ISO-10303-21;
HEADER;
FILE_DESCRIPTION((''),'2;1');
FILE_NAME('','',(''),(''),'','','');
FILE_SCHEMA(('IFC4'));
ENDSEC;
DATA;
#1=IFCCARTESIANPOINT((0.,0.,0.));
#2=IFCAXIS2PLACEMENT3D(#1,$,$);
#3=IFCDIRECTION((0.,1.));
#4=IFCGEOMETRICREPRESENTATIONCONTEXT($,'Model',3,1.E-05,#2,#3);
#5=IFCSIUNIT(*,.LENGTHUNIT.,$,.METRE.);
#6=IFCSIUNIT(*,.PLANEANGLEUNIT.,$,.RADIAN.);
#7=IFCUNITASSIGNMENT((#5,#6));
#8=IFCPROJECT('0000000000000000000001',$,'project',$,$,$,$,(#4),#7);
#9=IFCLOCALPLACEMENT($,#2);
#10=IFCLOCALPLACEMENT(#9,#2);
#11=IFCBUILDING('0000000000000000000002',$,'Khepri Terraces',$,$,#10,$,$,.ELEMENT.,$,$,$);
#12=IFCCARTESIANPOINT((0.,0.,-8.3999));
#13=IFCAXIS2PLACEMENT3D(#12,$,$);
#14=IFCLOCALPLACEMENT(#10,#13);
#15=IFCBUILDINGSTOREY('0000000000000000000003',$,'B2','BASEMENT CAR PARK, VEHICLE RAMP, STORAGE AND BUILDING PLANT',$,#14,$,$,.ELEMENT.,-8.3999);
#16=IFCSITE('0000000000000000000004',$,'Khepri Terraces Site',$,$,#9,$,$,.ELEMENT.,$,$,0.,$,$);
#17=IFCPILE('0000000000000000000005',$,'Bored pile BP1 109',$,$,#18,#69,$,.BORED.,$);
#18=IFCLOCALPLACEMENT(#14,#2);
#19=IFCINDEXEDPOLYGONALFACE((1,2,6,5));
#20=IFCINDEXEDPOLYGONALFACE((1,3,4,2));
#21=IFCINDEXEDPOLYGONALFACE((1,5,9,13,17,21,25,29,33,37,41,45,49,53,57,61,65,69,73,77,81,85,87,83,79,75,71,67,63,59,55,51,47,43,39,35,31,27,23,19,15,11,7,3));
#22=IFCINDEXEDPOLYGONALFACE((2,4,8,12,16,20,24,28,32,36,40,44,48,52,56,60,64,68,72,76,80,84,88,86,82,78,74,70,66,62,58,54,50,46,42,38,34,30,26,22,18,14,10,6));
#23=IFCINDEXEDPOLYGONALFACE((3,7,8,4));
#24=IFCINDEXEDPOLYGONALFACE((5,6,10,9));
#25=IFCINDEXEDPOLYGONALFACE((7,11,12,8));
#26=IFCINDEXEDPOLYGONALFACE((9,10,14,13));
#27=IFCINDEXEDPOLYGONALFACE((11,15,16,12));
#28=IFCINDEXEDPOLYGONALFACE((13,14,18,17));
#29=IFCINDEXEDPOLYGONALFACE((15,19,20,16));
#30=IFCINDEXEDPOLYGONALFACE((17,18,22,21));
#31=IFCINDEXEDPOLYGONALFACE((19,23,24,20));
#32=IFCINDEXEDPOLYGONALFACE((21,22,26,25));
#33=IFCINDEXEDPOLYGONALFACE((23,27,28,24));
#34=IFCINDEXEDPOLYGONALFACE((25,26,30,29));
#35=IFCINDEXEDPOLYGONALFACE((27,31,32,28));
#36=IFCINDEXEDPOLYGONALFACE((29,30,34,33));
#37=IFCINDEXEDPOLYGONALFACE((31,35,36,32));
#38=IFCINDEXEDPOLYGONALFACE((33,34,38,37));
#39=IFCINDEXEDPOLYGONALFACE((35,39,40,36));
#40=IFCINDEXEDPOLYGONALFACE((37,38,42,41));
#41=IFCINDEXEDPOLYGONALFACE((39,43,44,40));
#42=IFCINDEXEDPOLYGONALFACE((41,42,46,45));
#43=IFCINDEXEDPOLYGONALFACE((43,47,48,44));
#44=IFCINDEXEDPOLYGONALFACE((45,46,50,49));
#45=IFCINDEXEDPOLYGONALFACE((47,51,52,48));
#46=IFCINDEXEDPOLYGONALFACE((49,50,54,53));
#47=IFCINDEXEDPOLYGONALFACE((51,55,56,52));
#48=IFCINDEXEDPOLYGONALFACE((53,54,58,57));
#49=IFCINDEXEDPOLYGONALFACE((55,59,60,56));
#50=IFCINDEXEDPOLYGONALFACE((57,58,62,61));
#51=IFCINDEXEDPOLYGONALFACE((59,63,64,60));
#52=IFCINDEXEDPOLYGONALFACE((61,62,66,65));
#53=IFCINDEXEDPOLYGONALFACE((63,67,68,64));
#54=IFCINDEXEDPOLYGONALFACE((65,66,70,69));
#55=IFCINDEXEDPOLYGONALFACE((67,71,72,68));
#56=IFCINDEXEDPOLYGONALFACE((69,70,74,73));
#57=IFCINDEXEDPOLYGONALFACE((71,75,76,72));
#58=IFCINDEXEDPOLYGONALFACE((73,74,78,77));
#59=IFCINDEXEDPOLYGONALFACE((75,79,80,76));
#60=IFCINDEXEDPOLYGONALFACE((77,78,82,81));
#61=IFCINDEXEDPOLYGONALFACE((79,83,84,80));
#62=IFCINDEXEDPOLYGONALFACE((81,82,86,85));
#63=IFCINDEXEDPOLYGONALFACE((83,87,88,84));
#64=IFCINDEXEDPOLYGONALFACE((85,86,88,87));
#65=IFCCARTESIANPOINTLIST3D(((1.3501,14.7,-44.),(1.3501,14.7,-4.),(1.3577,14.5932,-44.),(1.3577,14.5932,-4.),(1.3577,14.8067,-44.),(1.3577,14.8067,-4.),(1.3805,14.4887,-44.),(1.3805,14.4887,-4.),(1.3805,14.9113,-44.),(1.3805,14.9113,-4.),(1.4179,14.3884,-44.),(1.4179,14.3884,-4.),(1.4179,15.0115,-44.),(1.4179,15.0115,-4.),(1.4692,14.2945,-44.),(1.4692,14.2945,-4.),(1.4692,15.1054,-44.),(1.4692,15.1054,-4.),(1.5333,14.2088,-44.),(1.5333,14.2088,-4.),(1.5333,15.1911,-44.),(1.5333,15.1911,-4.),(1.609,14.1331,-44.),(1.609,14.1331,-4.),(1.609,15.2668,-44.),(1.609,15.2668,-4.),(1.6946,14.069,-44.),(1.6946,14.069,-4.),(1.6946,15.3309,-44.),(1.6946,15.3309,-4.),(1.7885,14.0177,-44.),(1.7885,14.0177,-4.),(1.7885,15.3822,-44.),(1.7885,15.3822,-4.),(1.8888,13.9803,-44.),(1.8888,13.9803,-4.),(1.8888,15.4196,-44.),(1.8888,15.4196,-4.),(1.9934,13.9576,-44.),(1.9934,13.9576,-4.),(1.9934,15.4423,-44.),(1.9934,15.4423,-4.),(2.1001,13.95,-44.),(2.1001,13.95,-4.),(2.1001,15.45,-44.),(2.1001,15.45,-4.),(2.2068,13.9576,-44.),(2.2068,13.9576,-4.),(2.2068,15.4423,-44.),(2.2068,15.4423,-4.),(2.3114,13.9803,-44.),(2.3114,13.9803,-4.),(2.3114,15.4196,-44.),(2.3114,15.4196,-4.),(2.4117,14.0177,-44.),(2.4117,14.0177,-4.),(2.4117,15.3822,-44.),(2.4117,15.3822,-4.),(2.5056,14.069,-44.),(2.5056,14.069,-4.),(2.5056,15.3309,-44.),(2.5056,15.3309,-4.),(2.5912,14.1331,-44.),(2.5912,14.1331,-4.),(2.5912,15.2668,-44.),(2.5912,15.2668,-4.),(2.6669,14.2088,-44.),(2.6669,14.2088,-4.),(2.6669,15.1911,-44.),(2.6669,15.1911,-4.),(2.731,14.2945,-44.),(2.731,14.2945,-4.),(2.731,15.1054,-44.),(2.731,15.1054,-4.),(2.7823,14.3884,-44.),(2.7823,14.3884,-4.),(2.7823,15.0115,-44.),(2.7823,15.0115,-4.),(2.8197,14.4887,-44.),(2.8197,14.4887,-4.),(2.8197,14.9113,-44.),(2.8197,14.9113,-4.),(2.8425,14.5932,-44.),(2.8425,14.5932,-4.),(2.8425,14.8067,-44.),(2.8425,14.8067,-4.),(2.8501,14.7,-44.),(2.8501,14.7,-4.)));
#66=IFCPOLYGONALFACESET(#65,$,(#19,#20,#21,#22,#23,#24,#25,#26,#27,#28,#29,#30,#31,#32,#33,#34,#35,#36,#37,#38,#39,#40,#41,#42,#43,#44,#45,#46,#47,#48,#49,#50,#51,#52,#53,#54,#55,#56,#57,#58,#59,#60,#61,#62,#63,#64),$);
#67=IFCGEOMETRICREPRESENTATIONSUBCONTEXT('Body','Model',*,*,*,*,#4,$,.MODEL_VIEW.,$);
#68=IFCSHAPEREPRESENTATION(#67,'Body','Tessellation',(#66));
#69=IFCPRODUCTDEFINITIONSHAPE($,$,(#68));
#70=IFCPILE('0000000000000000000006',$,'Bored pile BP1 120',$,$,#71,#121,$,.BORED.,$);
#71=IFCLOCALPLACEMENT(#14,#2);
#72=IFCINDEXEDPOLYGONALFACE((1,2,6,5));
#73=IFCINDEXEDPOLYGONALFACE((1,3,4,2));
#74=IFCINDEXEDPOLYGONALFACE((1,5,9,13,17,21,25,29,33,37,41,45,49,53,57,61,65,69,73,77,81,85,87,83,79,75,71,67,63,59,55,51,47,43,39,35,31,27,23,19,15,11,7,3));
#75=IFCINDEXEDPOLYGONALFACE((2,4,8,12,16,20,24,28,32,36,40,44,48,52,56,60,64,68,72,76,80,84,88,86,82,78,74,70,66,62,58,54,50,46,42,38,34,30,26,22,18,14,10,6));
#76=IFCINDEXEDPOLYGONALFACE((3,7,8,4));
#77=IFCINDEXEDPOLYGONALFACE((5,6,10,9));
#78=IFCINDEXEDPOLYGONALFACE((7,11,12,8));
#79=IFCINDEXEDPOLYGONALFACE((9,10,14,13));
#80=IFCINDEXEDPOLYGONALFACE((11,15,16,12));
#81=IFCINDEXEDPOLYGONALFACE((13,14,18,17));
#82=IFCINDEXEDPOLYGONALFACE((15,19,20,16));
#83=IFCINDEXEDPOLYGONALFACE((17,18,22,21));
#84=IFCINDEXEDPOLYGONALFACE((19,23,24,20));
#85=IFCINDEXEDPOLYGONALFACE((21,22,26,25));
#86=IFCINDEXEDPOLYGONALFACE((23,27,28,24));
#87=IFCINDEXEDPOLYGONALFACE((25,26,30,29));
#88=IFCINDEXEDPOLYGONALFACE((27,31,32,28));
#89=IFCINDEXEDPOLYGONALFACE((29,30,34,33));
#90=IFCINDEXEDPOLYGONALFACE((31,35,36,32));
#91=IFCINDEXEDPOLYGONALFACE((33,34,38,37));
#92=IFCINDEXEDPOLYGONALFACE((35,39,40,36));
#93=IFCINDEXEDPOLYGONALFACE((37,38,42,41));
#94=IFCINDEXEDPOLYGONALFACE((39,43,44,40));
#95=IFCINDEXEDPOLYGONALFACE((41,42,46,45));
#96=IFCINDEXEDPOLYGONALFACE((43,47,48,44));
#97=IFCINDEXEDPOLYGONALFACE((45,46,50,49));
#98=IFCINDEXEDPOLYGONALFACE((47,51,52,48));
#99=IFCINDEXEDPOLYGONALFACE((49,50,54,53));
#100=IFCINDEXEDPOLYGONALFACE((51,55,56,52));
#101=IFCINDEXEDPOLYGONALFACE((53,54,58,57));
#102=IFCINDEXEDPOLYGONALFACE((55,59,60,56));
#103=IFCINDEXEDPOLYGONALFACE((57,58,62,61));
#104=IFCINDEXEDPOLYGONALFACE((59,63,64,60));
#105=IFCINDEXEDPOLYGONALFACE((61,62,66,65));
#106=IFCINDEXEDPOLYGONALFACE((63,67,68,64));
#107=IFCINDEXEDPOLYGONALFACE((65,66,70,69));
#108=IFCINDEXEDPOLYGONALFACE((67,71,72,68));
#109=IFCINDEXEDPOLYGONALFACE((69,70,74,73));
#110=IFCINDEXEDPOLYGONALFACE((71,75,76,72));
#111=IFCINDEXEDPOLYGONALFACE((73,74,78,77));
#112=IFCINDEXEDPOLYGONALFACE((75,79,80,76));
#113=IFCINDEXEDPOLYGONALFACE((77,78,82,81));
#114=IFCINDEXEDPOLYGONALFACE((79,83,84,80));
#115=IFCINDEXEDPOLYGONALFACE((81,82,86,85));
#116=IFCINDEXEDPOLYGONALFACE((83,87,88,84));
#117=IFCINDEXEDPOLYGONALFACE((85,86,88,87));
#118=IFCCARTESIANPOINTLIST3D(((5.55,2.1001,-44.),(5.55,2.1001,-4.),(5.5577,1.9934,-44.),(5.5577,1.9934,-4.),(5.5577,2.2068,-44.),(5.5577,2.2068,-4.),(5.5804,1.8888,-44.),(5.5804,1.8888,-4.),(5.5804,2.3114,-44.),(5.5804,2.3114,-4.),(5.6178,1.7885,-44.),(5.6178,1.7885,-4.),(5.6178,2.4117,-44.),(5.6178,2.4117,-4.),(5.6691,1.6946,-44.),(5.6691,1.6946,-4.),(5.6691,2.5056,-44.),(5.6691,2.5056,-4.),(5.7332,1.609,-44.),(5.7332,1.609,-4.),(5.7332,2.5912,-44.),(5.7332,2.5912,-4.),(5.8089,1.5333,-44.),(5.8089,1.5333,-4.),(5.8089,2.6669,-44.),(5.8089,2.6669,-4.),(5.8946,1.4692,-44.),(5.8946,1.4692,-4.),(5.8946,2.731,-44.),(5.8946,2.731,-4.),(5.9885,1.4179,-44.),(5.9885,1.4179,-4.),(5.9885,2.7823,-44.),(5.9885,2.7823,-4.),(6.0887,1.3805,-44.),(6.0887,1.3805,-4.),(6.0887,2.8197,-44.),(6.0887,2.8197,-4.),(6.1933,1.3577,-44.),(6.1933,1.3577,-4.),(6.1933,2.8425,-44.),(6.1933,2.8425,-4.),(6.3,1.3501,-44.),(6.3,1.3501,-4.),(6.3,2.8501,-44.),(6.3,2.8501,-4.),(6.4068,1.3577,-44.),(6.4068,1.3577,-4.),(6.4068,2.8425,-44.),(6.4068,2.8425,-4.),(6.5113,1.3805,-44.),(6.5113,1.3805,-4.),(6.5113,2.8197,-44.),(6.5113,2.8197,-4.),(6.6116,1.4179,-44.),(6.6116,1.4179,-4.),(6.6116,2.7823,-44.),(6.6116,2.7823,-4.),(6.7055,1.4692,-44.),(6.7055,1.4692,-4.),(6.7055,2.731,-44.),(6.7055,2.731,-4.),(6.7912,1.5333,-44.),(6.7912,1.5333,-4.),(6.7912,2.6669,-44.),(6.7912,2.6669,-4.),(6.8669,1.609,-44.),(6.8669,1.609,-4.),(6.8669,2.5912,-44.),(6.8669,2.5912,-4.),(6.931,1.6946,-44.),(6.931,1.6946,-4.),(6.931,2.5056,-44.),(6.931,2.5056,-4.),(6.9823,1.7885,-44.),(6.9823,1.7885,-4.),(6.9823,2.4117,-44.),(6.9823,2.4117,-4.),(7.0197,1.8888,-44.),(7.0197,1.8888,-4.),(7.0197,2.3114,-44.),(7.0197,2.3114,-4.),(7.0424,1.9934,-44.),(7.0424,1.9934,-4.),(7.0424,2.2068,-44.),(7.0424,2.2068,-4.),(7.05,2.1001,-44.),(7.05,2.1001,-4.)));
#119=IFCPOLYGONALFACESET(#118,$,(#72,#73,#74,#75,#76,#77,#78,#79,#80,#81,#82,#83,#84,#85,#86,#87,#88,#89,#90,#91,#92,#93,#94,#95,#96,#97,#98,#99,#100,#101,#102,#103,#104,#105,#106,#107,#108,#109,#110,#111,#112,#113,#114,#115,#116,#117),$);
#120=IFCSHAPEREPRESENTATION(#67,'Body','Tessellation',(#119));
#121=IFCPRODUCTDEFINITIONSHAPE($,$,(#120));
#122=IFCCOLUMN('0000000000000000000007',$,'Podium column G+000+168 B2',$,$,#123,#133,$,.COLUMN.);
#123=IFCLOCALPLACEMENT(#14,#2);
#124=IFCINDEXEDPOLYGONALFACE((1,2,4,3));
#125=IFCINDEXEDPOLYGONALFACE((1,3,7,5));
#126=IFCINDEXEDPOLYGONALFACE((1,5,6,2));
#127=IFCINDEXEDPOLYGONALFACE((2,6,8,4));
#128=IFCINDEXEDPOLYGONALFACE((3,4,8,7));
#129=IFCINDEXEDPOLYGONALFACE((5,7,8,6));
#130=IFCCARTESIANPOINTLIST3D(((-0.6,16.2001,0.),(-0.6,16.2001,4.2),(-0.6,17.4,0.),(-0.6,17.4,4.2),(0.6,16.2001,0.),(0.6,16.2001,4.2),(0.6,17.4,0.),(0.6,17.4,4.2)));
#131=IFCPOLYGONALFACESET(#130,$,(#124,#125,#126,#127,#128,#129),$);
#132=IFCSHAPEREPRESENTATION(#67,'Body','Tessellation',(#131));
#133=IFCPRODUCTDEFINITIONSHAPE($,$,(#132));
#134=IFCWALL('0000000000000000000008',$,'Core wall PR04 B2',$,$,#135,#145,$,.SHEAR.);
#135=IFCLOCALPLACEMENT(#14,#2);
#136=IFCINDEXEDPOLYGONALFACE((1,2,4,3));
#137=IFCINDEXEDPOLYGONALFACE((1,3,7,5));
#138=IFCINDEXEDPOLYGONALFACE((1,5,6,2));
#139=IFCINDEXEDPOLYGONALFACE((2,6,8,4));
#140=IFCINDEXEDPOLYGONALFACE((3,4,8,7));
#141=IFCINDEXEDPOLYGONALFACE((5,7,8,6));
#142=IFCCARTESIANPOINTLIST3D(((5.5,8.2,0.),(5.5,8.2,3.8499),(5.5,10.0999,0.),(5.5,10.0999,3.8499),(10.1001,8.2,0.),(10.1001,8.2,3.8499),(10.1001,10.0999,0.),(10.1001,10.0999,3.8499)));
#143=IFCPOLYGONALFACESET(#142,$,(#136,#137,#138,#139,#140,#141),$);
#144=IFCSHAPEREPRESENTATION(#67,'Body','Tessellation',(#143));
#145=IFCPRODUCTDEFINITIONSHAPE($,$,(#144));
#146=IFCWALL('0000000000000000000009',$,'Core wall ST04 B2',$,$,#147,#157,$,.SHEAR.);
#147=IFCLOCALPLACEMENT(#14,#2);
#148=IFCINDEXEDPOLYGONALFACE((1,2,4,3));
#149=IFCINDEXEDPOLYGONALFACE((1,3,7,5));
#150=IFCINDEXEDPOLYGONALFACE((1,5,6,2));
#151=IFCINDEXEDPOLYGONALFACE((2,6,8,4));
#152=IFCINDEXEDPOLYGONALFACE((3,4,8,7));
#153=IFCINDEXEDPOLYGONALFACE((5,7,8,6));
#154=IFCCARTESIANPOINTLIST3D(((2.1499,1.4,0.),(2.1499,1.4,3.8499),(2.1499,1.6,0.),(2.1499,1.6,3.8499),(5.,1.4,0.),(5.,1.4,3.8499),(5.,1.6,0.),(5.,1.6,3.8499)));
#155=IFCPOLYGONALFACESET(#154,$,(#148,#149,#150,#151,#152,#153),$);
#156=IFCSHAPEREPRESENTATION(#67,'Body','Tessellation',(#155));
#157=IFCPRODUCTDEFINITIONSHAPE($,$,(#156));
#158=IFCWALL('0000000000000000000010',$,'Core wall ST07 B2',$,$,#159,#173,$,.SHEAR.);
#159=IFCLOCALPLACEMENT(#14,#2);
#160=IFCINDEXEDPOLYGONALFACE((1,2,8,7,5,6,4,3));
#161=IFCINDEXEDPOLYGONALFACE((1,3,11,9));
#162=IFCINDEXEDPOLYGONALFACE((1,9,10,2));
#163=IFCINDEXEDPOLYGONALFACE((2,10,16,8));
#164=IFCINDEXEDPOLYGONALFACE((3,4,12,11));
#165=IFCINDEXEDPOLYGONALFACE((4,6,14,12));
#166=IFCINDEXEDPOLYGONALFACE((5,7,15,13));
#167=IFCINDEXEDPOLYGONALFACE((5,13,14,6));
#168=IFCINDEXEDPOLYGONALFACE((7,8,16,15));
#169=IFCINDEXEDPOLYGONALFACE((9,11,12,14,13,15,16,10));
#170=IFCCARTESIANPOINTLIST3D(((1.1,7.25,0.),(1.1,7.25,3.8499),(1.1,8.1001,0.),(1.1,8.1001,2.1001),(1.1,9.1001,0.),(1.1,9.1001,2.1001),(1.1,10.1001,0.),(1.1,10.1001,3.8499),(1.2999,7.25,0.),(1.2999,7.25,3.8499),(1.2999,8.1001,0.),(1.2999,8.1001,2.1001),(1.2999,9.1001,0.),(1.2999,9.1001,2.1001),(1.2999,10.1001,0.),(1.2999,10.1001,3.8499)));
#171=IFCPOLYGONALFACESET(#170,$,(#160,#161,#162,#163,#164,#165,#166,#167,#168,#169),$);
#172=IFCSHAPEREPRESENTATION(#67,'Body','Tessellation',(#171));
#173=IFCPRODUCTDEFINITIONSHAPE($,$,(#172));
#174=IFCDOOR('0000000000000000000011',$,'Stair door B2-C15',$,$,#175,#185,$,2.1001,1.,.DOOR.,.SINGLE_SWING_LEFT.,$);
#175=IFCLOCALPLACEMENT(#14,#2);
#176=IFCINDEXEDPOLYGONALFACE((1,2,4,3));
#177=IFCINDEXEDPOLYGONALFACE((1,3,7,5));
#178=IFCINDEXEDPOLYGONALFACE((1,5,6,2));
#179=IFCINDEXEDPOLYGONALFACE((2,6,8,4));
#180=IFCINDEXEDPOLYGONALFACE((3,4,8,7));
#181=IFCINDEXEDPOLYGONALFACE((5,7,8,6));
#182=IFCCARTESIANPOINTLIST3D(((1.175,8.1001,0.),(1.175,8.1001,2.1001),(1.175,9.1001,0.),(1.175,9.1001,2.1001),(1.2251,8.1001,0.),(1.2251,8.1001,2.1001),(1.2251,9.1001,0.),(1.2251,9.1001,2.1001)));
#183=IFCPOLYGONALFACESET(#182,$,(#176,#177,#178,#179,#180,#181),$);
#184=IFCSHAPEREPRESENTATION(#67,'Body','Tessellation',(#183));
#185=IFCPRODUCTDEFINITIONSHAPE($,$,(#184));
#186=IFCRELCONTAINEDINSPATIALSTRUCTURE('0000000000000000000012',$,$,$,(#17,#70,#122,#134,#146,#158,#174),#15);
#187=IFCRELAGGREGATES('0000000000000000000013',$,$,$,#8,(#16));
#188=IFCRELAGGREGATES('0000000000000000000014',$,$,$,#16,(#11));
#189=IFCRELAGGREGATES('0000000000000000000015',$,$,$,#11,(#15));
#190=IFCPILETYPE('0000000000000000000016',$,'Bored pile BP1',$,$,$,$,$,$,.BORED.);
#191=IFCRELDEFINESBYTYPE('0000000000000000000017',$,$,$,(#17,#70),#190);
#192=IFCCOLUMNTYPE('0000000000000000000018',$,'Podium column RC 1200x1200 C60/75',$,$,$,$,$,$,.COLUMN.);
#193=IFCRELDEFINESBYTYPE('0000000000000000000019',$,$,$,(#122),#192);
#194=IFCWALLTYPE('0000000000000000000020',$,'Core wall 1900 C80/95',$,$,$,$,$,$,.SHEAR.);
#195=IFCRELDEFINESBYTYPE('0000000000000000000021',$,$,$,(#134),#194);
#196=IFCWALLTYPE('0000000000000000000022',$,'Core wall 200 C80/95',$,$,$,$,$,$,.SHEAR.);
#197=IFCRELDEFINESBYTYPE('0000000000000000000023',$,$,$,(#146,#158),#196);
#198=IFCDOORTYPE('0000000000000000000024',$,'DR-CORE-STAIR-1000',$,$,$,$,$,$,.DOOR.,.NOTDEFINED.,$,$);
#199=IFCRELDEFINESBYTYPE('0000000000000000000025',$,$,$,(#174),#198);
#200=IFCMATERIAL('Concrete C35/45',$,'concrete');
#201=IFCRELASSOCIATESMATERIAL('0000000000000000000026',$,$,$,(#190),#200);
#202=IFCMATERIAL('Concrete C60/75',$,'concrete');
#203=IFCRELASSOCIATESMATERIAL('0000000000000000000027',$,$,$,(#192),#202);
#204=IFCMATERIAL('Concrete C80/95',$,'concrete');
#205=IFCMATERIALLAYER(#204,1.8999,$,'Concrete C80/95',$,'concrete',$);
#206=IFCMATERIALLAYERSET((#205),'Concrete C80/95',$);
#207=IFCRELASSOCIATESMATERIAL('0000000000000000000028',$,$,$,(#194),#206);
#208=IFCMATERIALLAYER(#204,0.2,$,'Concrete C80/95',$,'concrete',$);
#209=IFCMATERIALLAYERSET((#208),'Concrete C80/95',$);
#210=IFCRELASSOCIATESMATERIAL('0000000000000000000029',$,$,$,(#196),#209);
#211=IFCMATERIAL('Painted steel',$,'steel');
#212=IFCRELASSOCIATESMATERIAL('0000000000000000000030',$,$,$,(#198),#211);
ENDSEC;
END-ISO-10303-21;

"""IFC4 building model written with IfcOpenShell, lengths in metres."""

from ifc_helpers import new_model, si_unit, direction, frame, frame_2d, origin, origin_2d, place, context, subcontext, project, spatial, rectangle, circle, extrude, material, layer, layer_set, material_profile, profile_set, type_object, element, fill, save


model = new_model("IFC4")

# Units and contexts
model_context = context("Model", 3, precision=1e-05, world=origin(), true_north=direction((0.0, 1.0)))
body_context = subcontext(model_context, "Body", "Model", "MODEL_VIEW")
ifc_project = project(units=[si_unit("LENGTHUNIT", "METRE"), si_unit("PLANEANGLEUNIT", "RADIAN")], contexts=[model_context])

# Site, building, storey
site_placement = place(None, origin())
site = spatial("IfcSite", under=ifc_project, at=site_placement, Name="Khepri Terraces Site", CompositionType="ELEMENT", RefElevation=0.0)
building_placement = place(site_placement, origin())
building = spatial("IfcBuilding", under=site, at=building_placement, Name="Khepri Terraces", CompositionType="ELEMENT")
storey_placement = place(building_placement, frame((0.0, 0.0, -8.3999)))
storey = spatial("IfcBuildingStorey", under=building, at=storey_placement, Name="B2", Description="BASEMENT CAR PARK, VEHICLE RAMP, STORAGE AND BUILDING PLANT", CompositionType="ELEMENT", Elevation=-8.3999)

# Piles
ifc_material_1 = material(Name="Concrete C35/45", Category="concrete")
ifc_material_profile_1 = material_profile(ifc_material_1, circle(Radius=0.75, at=origin_2d()), Name="Concrete C35/45", Category="concrete")
ifc_profile_set_1 = profile_set([ifc_material_profile_1], Name="Concrete C35/45")
pile_type = type_object("IfcPileType", Name="Bored pile BP1", PredefinedType="BORED", material=ifc_profile_set_1)
for number, where, z_axis, x_axis, name in (
    (1, (2.1001, 14.7, -4.0), (0.0, 0.0, -1.0), (1.0, 0.0, 0.0), "Bored pile BP1 109"),
    (2, (6.3, 2.1001, -4.0), (0.0, 0.0, -1.0), (1.0, 0.0, 0.0), "Bored pile BP1 120"),
):
    element("IfcPile", number, at=place(storey_placement, frame(where, z_axis=z_axis, x_axis=x_axis)), inside=storey, type_object=pile_type, Name=name, PredefinedType="BORED", context=body_context, shape_type="SweptSolid", body=[
        extrude(circle(Radius=0.75, at=origin_2d()), origin(), (0.0, 0.0, 1.0), 40.0),
    ])

# Column
ifc_material_2 = material(Name="Concrete C60/75", Category="concrete")
ifc_material_profile_2 = material_profile(ifc_material_2, rectangle(XDim=1.2, YDim=1.2, at=origin_2d()), Name="Concrete C60/75", Category="concrete")
ifc_profile_set_2 = profile_set([ifc_material_profile_2], Name="Concrete C60/75")
column_type = type_object("IfcColumnType", Name="Podium column RC 1200x1200 C60/75", PredefinedType="COLUMN", material=ifc_profile_set_2)
column_placement = place(storey_placement, frame((0.0, 16.8, 0.0), z_axis=(0.0, 0.0, 1.0), x_axis=(1.0, 0.0, 0.0)))
element("IfcColumn", 3, at=column_placement, inside=storey, type_object=column_type, Name="Podium column G+000+168 B2", PredefinedType="COLUMN", context=body_context, shape_type="SweptSolid", body=[
    extrude(rectangle(XDim=1.2, YDim=1.2, at=origin_2d()), origin(), (0.0, 0.0, 1.0), 4.2),
])

# Walls
ifc_material_3 = material(Name="Concrete C80/95", Category="concrete")
ifc_layer_1 = layer(ifc_material_3, 1.8999, Name="Concrete C80/95", Category="concrete")
ifc_layer_set_1 = layer_set([ifc_layer_1], Name="Concrete C80/95")
wall_type_1 = type_object("IfcWallType", Name="Core wall 1900 C80/95", PredefinedType="SHEAR", material=ifc_layer_set_1)
wall_1_placement = place(storey_placement, frame((5.5, 9.1499, 0.0), z_axis=(0.0, 0.0, 1.0), x_axis=(1.0, 0.0, 0.0)))
element("IfcWall", 4, at=wall_1_placement, inside=storey, type_object=wall_type_1, Name="Core wall PR04 B2", PredefinedType="SHEAR", context=body_context, shape_type="SweptSolid", body=[
    extrude(rectangle(XDim=4.6001, YDim=1.8999, at=frame_2d((2.3, 0.0))), origin(), (0.0, 0.0, 1.0), 3.8499),
])
ifc_layer_2 = layer(ifc_material_3, 0.2, Name="Concrete C80/95", Category="concrete")
ifc_layer_set_2 = layer_set([ifc_layer_2], Name="Concrete C80/95")
wall_type_2 = type_object("IfcWallType", Name="Core wall 200 C80/95", PredefinedType="SHEAR", material=ifc_layer_set_2)
wall_2_placement = place(storey_placement, frame((2.1499, 1.5, 0.0), z_axis=(0.0, 0.0, 1.0), x_axis=(1.0, 0.0, 0.0)))
element("IfcWall", 5, at=wall_2_placement, inside=storey, type_object=wall_type_2, Name="Core wall ST04 B2", PredefinedType="SHEAR", context=body_context, shape_type="SweptSolid", body=[
    extrude(rectangle(XDim=2.8501, YDim=0.2, at=frame_2d((1.425, 0.0))), origin(), (0.0, 0.0, 1.0), 3.8499),
])

# Wall, opening, door
wall_3_placement = place(storey_placement, frame((1.2, 7.25, 0.0), z_axis=(0.0, 0.0, 1.0), x_axis=(0.0, 1.0, 0.0)))
wall_3 = element("IfcWall", 6, at=wall_3_placement, inside=storey, type_object=wall_type_2, Name="Core wall ST07 B2", PredefinedType="SHEAR", context=body_context, shape_type="SweptSolid", body=[
    extrude(rectangle(XDim=2.8501, YDim=0.2, at=frame_2d((1.425, 0.0))), origin(), (0.0, 0.0, 1.0), 3.8499),
])
opening_1_placement = place(wall_3_placement, frame((0.8501, 0.0, 0.0)))
opening_1 = element("IfcOpeningElement", 7, at=opening_1_placement, cuts=wall_3, PredefinedType="OPENING", context=body_context, shape_type="SweptSolid", body=[
    extrude(rectangle(XDim=1.0, YDim=2.1001, at=frame_2d((0.5, 1.05))), frame((0.0, 0.1099, 0.0), z_axis=(0.0, -1.0, 0.0), x_axis=(1.0, 0.0, 0.0)), (0.0, 0.0, 1.0), 0.22),
])
ifc_material_4 = material(Name="Painted steel", Category="steel")
door_type_1 = type_object("IfcDoorType", Name="DR-CORE-STAIR-1000", OperationType="NOTDEFINED", PredefinedType="DOOR", material=ifc_material_4)
door_1_placement = place(opening_1_placement, origin())
door_1 = element("IfcDoor", 8, at=door_1_placement, inside=storey, type_object=door_type_1, Name="Stair door B2-C15", OperationType="SINGLE_SWING_LEFT", OverallHeight=2.1001, OverallWidth=1.0, PredefinedType="DOOR", context=body_context, shape_type="SweptSolid", body=[
    extrude(rectangle(XDim=1.0, YDim=2.1001, at=frame_2d((0.5, 1.05))), frame((0.0, 0.0249, 0.0), z_axis=(0.0, -1.0, 0.0), x_axis=(1.0, 0.0, 0.0)), (0.0, 0.0, 1.0), 0.05),
])
fill(opening_1, door_1)

save(model, "model.ifc")
